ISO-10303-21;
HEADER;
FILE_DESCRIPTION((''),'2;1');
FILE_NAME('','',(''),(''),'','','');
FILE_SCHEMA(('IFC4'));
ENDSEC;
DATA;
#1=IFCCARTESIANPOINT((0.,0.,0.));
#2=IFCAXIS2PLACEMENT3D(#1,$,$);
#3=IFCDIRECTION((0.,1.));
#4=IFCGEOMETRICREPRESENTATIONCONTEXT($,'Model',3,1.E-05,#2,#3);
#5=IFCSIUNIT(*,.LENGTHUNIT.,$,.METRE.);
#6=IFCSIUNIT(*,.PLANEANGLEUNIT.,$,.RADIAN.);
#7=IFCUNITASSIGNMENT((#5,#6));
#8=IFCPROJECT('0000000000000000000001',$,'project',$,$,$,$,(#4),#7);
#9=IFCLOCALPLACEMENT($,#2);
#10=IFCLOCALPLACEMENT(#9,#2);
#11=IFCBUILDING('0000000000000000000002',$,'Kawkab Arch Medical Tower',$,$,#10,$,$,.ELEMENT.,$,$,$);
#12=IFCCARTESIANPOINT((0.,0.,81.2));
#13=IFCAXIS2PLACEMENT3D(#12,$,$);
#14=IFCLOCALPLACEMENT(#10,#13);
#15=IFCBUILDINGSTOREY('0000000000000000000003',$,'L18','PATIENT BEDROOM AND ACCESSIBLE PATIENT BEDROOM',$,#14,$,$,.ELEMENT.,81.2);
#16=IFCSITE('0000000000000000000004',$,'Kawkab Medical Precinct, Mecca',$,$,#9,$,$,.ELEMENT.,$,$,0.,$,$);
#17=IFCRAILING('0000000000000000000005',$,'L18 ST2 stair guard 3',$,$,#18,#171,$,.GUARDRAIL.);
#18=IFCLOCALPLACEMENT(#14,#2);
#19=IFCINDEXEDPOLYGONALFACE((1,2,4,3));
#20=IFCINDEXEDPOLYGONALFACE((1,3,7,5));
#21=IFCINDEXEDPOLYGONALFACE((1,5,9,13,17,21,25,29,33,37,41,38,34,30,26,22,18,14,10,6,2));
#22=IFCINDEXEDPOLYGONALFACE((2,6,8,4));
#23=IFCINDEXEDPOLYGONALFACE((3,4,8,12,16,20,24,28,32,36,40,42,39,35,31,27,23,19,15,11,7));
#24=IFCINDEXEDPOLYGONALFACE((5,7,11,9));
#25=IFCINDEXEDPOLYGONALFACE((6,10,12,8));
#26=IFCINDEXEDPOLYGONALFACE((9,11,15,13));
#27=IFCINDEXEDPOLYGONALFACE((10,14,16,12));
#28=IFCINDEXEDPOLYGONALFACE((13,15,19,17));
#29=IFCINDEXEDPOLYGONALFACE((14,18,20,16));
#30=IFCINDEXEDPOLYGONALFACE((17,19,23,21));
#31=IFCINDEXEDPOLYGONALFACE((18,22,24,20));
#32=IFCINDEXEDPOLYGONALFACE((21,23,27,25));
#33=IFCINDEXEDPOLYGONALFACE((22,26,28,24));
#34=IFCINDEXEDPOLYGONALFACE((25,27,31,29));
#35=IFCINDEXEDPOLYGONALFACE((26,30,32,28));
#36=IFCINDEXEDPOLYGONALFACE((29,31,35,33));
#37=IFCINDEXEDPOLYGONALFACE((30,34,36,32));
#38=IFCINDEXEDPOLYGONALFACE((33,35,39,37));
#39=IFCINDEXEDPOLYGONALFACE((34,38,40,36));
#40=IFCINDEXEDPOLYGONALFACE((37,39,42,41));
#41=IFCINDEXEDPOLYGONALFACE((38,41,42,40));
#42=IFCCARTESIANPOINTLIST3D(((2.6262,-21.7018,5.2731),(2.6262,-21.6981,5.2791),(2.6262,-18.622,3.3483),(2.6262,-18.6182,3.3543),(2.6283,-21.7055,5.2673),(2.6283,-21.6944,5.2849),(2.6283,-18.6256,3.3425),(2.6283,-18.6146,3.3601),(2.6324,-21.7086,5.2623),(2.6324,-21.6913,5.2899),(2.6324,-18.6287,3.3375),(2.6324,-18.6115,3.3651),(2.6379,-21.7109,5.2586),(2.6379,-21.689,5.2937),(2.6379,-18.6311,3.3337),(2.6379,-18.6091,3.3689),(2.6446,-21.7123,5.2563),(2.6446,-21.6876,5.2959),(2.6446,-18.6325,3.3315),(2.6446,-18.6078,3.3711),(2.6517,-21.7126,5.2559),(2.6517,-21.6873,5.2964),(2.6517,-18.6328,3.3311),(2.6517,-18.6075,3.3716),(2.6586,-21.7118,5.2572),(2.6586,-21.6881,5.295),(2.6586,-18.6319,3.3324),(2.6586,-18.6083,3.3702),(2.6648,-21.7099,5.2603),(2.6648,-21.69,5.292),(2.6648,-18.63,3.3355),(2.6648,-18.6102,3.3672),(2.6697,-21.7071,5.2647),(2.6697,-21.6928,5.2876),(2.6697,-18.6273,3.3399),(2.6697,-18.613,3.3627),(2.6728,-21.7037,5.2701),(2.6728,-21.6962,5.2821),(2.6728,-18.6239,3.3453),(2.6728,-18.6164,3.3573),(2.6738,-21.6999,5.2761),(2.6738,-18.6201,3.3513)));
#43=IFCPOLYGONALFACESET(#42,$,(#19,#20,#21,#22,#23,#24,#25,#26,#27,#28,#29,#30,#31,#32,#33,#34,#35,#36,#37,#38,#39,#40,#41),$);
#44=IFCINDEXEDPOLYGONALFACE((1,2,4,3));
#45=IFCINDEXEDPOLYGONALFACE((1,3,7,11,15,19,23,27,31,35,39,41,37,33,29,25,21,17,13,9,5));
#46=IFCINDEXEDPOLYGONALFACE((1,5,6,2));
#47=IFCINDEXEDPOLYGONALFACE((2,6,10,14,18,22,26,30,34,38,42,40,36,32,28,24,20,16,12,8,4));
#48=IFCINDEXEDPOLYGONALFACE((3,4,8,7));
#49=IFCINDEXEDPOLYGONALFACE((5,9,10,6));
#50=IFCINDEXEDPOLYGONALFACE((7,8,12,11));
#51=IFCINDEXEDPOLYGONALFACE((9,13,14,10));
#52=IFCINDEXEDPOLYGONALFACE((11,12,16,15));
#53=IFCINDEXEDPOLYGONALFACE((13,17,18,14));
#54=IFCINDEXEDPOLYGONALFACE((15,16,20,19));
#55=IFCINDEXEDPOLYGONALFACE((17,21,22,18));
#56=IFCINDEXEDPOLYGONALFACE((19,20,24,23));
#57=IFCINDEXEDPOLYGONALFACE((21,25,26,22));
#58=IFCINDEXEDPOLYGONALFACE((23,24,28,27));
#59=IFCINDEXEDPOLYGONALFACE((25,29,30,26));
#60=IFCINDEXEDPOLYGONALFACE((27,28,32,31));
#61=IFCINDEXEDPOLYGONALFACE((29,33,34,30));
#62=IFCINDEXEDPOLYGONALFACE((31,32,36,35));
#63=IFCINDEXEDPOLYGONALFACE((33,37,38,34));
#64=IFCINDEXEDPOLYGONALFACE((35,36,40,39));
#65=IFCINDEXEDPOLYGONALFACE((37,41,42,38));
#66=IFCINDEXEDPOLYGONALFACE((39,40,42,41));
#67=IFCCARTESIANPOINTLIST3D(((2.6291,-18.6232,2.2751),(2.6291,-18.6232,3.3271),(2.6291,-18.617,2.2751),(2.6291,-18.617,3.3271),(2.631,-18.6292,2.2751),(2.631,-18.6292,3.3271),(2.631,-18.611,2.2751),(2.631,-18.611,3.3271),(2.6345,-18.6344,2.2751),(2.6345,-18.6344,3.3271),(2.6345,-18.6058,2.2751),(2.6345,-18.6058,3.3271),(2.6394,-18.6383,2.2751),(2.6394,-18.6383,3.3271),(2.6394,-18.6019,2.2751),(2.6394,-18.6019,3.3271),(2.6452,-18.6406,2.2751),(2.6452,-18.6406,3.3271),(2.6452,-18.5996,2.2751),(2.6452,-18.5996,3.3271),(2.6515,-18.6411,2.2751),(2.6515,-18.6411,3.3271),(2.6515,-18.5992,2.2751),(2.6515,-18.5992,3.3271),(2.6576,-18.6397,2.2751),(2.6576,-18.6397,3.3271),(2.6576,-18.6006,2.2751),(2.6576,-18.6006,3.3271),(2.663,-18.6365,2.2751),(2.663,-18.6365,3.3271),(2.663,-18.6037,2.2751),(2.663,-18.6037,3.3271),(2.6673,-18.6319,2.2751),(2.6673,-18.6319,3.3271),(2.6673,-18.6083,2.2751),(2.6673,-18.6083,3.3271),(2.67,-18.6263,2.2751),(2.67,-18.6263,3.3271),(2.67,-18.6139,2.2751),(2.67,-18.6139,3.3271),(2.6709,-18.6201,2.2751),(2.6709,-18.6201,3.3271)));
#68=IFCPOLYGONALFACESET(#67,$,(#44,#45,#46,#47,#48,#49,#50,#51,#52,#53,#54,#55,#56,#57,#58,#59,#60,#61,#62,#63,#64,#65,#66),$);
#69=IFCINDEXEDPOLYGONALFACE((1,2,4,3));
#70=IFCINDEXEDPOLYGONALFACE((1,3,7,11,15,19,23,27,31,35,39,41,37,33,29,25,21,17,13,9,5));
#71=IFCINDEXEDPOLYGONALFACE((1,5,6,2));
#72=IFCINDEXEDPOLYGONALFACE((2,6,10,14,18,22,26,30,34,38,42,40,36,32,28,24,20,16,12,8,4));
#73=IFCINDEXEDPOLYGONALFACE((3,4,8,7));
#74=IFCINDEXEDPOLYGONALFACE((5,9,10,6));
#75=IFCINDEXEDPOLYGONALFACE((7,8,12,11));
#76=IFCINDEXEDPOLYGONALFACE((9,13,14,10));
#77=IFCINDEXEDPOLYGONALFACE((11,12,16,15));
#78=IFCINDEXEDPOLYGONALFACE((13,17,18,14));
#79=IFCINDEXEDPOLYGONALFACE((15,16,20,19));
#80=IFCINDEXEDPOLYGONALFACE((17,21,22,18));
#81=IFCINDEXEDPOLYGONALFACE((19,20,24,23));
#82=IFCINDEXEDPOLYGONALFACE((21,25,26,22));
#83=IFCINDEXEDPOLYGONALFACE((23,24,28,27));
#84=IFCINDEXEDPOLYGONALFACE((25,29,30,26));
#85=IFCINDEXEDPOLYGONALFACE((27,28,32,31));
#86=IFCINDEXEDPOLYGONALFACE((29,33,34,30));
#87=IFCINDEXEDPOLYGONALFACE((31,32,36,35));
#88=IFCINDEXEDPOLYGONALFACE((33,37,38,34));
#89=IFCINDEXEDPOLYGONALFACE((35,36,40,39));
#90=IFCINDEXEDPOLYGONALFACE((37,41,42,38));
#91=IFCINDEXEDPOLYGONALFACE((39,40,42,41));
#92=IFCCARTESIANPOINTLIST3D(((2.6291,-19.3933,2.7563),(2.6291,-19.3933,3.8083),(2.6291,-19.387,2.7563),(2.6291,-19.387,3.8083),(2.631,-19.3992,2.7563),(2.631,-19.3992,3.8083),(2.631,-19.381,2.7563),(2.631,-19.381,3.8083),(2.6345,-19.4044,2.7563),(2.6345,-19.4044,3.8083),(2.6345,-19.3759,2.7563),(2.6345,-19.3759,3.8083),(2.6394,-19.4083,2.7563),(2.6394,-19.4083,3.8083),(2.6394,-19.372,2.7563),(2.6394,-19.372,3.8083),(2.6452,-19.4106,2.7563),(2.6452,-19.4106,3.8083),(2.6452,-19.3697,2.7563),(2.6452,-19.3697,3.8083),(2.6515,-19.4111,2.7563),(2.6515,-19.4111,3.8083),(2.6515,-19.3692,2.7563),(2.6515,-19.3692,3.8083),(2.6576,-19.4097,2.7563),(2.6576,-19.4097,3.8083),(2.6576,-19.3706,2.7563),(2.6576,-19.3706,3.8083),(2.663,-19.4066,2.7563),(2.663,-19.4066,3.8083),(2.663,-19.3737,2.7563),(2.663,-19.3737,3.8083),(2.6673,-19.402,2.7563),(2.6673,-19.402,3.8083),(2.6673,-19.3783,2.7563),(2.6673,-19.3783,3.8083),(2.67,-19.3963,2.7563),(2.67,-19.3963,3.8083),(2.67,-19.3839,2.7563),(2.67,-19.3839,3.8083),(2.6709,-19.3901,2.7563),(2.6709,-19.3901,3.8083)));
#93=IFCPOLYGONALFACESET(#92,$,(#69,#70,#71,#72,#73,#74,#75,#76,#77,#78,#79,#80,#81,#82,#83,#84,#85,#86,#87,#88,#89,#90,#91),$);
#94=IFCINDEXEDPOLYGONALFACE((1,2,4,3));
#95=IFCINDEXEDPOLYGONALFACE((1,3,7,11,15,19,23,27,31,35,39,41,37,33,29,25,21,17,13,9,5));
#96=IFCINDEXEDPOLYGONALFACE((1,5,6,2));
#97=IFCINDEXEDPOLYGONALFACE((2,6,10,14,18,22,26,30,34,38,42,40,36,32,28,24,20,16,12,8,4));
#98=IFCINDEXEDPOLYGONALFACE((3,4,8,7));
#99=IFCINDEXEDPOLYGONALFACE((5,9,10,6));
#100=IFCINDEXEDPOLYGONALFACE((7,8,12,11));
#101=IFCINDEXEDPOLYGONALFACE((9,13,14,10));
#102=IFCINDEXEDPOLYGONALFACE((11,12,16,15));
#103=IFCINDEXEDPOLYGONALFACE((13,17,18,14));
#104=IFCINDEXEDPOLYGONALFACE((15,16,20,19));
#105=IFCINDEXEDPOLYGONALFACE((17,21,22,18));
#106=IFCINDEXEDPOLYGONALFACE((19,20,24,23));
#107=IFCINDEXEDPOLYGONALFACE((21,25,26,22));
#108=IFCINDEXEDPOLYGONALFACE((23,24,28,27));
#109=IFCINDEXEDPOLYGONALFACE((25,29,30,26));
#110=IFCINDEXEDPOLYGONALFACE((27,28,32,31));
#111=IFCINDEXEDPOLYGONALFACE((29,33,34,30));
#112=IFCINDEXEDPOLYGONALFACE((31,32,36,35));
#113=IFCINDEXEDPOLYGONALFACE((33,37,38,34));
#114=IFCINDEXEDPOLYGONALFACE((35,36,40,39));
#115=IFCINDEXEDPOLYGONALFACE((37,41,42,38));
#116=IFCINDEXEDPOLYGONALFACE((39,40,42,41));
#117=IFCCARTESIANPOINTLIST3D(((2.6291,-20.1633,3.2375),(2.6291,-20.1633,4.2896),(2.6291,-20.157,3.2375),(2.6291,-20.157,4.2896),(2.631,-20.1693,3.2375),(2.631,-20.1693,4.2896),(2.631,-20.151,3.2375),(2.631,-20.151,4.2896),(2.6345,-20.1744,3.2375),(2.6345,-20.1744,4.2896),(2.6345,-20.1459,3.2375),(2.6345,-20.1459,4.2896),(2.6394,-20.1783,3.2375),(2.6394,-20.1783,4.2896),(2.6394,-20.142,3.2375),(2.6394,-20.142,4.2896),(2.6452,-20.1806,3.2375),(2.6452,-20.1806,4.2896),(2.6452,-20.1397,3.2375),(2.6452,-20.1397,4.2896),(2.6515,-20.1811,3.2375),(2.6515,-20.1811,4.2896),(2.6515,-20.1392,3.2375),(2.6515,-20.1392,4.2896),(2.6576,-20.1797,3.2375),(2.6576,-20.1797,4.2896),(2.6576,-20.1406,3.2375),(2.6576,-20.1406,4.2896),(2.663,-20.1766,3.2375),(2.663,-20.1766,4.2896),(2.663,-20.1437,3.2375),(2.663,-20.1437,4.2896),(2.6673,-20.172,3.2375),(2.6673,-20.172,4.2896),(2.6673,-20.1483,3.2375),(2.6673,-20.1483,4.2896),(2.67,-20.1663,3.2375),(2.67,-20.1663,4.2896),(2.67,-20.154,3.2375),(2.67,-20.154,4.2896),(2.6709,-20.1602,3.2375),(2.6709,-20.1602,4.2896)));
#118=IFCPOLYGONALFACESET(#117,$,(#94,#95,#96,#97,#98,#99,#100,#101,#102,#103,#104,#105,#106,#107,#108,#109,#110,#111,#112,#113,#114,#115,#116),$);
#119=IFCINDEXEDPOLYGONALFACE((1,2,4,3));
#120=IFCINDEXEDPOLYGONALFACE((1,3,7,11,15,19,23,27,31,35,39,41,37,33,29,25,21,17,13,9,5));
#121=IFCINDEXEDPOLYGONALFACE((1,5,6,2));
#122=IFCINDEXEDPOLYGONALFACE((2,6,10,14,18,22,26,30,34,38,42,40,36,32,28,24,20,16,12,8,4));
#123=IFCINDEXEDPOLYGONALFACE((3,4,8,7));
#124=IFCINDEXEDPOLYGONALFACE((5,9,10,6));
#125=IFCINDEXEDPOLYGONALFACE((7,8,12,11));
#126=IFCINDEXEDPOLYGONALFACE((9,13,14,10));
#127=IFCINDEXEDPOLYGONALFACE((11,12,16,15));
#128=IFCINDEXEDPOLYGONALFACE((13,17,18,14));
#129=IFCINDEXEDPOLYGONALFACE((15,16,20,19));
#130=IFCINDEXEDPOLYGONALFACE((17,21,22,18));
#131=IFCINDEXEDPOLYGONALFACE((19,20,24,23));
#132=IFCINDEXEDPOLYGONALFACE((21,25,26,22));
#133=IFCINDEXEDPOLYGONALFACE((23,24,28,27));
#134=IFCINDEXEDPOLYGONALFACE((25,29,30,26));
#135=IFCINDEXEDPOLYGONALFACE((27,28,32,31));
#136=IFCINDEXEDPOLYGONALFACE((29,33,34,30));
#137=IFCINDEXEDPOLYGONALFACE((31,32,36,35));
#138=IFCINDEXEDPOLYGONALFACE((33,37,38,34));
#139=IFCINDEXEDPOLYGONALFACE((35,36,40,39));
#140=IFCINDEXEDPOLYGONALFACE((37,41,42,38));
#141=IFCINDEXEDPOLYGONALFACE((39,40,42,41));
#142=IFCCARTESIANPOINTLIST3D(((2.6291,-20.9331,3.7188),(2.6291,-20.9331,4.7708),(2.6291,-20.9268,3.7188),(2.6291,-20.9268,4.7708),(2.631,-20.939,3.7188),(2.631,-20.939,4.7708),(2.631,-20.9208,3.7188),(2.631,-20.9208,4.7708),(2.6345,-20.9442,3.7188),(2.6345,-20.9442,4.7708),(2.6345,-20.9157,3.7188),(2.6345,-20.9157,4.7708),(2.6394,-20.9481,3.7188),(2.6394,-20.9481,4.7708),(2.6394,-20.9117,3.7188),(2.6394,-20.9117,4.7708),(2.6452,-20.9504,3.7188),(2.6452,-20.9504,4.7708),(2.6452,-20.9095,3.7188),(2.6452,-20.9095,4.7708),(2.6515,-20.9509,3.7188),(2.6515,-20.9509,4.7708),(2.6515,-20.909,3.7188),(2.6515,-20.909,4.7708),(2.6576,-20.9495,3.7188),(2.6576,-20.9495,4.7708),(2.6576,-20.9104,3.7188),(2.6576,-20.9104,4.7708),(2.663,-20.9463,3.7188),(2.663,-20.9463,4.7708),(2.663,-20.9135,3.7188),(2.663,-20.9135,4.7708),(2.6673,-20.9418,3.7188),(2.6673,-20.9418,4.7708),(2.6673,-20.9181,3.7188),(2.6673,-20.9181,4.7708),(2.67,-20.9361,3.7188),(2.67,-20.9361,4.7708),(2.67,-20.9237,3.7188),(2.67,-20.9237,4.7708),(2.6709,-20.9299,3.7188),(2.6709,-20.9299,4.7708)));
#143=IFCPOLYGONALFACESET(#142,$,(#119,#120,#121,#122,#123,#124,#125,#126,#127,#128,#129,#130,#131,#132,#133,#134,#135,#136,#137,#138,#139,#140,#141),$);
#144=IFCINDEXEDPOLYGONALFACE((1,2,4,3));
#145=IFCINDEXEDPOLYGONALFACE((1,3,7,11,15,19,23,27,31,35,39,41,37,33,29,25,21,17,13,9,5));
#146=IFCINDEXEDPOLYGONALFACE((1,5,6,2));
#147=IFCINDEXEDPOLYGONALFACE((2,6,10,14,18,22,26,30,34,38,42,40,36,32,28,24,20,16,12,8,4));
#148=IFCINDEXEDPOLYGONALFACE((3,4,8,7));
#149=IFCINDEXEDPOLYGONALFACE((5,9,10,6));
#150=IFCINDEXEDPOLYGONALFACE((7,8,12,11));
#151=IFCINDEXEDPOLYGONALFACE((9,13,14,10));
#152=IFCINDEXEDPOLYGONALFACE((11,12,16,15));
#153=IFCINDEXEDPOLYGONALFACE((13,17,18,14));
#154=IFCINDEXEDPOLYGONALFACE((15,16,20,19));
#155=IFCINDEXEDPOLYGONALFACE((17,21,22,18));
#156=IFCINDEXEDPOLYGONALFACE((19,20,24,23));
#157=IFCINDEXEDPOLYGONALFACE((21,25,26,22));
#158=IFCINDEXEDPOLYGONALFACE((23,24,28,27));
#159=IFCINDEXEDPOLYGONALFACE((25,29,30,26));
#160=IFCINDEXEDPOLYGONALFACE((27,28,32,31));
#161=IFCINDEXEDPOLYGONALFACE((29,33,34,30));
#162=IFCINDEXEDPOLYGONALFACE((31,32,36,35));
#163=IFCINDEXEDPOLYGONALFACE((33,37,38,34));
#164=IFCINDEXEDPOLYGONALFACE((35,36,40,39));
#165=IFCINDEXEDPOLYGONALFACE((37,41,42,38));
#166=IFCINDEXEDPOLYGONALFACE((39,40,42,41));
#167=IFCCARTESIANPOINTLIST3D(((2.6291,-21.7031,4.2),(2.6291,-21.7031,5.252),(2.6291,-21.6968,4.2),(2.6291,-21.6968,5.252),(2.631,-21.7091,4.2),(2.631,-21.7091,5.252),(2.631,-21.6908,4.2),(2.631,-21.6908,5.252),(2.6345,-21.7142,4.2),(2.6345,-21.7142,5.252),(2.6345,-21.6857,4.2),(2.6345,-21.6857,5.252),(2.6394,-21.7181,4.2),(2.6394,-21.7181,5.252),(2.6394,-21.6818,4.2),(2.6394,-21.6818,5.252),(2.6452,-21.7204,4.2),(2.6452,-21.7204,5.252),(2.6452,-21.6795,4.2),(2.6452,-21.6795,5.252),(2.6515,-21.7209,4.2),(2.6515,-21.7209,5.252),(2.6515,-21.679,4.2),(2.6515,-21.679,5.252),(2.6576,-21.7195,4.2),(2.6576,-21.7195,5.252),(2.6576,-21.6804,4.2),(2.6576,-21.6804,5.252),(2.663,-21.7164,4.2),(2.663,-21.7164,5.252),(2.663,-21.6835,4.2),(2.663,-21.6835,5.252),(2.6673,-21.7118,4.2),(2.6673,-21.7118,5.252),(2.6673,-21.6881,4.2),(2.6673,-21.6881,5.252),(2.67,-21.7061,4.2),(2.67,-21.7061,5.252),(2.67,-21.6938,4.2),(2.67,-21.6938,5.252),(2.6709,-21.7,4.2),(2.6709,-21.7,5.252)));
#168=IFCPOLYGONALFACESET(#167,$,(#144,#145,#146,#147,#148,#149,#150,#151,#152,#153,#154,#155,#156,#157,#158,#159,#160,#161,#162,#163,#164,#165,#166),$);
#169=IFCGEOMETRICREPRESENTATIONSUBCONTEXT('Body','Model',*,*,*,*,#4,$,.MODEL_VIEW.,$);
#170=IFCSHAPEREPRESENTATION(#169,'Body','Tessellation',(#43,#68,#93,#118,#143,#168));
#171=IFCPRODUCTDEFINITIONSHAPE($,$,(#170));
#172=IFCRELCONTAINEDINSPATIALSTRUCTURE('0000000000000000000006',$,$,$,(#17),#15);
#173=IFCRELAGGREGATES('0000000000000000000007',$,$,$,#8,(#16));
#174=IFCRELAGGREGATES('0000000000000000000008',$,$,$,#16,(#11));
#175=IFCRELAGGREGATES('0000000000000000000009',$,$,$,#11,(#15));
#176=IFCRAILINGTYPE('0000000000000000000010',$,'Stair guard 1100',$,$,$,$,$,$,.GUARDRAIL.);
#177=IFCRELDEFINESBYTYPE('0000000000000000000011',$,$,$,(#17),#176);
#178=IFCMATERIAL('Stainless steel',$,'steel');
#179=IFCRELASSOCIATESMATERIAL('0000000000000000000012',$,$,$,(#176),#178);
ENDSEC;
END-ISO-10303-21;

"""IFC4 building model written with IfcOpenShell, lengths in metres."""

from ifc_helpers import new_model, si_unit, direction, frame, origin, origin_2d, place, context, subcontext, project, spatial, circle, extrude, material, type_object, element, save


model = new_model("IFC4")

# Units and contexts
model_context = context("Model", 3, precision=1e-05, world=origin(), true_north=direction((0.0, 1.0)))
body_context = subcontext(model_context, "Body", "Model", "MODEL_VIEW")
ifc_project = project(units=[si_unit("LENGTHUNIT", "METRE"), si_unit("PLANEANGLEUNIT", "RADIAN")], contexts=[model_context])

# Site, building, storey
site_placement = place(None, origin())
site = spatial("IfcSite", under=ifc_project, at=site_placement, Name="Kawkab Medical Precinct, Mecca", CompositionType="ELEMENT", RefElevation=0.0)
building_placement = place(site_placement, origin())
building = spatial("IfcBuilding", under=site, at=building_placement, Name="Kawkab Arch Medical Tower", CompositionType="ELEMENT")
storey_placement = place(building_placement, frame((0.0, 0.0, 81.2)))
storey = spatial("IfcBuildingStorey", under=building, at=storey_placement, Name="L18", Description="PATIENT BEDROOM AND ACCESSIBLE PATIENT BEDROOM", CompositionType="ELEMENT", Elevation=81.2)

# Railing
ifc_material_1 = material(Name="Stainless steel", Category="steel")
railing_type_1 = type_object("IfcRailingType", Name="Stair guard 1100", PredefinedType="GUARDRAIL", material=ifc_material_1)
railing_1_placement = place(storey_placement, frame((2.6499, -18.6201, 2.2751)))
element("IfcRailing", 1, at=railing_1_placement, inside=storey, type_object=railing_type_1, Name="L18 ST2 stair guard 3", PredefinedType="GUARDRAIL", context=body_context, shape_type="SweptSolid", body=[
    extrude(circle(Radius=0.0239, at=origin_2d()), frame((0.0, 0.0, 1.0762), z_axis=(0.0, -0.84801, 0.529981), x_axis=(1.0, 0.0, 0.0)), (0.0, 0.0, 1.0), 3.6318),
    extrude(circle(Radius=0.021, at=origin_2d()), origin(), (0.0, 0.0, 1.0), 1.052),
    extrude(circle(Radius=0.021, at=origin_2d()), frame((0.0, -0.77, 0.4812)), (0.0, 0.0, 1.0), 1.052),
    extrude(circle(Radius=0.021, at=origin_2d()), frame((0.0, -1.54, 0.9624)), (0.0, 0.0, 1.0), 1.052),
    extrude(circle(Radius=0.021, at=origin_2d()), frame((0.0, -2.3098, 1.4436)), (0.0, 0.0, 1.0), 1.052),
    extrude(circle(Radius=0.021, at=origin_2d()), frame((0.0, -3.0798, 1.9248)), (0.0, 0.0, 1.0), 1.052),
])

save(model, "model.ifc")
